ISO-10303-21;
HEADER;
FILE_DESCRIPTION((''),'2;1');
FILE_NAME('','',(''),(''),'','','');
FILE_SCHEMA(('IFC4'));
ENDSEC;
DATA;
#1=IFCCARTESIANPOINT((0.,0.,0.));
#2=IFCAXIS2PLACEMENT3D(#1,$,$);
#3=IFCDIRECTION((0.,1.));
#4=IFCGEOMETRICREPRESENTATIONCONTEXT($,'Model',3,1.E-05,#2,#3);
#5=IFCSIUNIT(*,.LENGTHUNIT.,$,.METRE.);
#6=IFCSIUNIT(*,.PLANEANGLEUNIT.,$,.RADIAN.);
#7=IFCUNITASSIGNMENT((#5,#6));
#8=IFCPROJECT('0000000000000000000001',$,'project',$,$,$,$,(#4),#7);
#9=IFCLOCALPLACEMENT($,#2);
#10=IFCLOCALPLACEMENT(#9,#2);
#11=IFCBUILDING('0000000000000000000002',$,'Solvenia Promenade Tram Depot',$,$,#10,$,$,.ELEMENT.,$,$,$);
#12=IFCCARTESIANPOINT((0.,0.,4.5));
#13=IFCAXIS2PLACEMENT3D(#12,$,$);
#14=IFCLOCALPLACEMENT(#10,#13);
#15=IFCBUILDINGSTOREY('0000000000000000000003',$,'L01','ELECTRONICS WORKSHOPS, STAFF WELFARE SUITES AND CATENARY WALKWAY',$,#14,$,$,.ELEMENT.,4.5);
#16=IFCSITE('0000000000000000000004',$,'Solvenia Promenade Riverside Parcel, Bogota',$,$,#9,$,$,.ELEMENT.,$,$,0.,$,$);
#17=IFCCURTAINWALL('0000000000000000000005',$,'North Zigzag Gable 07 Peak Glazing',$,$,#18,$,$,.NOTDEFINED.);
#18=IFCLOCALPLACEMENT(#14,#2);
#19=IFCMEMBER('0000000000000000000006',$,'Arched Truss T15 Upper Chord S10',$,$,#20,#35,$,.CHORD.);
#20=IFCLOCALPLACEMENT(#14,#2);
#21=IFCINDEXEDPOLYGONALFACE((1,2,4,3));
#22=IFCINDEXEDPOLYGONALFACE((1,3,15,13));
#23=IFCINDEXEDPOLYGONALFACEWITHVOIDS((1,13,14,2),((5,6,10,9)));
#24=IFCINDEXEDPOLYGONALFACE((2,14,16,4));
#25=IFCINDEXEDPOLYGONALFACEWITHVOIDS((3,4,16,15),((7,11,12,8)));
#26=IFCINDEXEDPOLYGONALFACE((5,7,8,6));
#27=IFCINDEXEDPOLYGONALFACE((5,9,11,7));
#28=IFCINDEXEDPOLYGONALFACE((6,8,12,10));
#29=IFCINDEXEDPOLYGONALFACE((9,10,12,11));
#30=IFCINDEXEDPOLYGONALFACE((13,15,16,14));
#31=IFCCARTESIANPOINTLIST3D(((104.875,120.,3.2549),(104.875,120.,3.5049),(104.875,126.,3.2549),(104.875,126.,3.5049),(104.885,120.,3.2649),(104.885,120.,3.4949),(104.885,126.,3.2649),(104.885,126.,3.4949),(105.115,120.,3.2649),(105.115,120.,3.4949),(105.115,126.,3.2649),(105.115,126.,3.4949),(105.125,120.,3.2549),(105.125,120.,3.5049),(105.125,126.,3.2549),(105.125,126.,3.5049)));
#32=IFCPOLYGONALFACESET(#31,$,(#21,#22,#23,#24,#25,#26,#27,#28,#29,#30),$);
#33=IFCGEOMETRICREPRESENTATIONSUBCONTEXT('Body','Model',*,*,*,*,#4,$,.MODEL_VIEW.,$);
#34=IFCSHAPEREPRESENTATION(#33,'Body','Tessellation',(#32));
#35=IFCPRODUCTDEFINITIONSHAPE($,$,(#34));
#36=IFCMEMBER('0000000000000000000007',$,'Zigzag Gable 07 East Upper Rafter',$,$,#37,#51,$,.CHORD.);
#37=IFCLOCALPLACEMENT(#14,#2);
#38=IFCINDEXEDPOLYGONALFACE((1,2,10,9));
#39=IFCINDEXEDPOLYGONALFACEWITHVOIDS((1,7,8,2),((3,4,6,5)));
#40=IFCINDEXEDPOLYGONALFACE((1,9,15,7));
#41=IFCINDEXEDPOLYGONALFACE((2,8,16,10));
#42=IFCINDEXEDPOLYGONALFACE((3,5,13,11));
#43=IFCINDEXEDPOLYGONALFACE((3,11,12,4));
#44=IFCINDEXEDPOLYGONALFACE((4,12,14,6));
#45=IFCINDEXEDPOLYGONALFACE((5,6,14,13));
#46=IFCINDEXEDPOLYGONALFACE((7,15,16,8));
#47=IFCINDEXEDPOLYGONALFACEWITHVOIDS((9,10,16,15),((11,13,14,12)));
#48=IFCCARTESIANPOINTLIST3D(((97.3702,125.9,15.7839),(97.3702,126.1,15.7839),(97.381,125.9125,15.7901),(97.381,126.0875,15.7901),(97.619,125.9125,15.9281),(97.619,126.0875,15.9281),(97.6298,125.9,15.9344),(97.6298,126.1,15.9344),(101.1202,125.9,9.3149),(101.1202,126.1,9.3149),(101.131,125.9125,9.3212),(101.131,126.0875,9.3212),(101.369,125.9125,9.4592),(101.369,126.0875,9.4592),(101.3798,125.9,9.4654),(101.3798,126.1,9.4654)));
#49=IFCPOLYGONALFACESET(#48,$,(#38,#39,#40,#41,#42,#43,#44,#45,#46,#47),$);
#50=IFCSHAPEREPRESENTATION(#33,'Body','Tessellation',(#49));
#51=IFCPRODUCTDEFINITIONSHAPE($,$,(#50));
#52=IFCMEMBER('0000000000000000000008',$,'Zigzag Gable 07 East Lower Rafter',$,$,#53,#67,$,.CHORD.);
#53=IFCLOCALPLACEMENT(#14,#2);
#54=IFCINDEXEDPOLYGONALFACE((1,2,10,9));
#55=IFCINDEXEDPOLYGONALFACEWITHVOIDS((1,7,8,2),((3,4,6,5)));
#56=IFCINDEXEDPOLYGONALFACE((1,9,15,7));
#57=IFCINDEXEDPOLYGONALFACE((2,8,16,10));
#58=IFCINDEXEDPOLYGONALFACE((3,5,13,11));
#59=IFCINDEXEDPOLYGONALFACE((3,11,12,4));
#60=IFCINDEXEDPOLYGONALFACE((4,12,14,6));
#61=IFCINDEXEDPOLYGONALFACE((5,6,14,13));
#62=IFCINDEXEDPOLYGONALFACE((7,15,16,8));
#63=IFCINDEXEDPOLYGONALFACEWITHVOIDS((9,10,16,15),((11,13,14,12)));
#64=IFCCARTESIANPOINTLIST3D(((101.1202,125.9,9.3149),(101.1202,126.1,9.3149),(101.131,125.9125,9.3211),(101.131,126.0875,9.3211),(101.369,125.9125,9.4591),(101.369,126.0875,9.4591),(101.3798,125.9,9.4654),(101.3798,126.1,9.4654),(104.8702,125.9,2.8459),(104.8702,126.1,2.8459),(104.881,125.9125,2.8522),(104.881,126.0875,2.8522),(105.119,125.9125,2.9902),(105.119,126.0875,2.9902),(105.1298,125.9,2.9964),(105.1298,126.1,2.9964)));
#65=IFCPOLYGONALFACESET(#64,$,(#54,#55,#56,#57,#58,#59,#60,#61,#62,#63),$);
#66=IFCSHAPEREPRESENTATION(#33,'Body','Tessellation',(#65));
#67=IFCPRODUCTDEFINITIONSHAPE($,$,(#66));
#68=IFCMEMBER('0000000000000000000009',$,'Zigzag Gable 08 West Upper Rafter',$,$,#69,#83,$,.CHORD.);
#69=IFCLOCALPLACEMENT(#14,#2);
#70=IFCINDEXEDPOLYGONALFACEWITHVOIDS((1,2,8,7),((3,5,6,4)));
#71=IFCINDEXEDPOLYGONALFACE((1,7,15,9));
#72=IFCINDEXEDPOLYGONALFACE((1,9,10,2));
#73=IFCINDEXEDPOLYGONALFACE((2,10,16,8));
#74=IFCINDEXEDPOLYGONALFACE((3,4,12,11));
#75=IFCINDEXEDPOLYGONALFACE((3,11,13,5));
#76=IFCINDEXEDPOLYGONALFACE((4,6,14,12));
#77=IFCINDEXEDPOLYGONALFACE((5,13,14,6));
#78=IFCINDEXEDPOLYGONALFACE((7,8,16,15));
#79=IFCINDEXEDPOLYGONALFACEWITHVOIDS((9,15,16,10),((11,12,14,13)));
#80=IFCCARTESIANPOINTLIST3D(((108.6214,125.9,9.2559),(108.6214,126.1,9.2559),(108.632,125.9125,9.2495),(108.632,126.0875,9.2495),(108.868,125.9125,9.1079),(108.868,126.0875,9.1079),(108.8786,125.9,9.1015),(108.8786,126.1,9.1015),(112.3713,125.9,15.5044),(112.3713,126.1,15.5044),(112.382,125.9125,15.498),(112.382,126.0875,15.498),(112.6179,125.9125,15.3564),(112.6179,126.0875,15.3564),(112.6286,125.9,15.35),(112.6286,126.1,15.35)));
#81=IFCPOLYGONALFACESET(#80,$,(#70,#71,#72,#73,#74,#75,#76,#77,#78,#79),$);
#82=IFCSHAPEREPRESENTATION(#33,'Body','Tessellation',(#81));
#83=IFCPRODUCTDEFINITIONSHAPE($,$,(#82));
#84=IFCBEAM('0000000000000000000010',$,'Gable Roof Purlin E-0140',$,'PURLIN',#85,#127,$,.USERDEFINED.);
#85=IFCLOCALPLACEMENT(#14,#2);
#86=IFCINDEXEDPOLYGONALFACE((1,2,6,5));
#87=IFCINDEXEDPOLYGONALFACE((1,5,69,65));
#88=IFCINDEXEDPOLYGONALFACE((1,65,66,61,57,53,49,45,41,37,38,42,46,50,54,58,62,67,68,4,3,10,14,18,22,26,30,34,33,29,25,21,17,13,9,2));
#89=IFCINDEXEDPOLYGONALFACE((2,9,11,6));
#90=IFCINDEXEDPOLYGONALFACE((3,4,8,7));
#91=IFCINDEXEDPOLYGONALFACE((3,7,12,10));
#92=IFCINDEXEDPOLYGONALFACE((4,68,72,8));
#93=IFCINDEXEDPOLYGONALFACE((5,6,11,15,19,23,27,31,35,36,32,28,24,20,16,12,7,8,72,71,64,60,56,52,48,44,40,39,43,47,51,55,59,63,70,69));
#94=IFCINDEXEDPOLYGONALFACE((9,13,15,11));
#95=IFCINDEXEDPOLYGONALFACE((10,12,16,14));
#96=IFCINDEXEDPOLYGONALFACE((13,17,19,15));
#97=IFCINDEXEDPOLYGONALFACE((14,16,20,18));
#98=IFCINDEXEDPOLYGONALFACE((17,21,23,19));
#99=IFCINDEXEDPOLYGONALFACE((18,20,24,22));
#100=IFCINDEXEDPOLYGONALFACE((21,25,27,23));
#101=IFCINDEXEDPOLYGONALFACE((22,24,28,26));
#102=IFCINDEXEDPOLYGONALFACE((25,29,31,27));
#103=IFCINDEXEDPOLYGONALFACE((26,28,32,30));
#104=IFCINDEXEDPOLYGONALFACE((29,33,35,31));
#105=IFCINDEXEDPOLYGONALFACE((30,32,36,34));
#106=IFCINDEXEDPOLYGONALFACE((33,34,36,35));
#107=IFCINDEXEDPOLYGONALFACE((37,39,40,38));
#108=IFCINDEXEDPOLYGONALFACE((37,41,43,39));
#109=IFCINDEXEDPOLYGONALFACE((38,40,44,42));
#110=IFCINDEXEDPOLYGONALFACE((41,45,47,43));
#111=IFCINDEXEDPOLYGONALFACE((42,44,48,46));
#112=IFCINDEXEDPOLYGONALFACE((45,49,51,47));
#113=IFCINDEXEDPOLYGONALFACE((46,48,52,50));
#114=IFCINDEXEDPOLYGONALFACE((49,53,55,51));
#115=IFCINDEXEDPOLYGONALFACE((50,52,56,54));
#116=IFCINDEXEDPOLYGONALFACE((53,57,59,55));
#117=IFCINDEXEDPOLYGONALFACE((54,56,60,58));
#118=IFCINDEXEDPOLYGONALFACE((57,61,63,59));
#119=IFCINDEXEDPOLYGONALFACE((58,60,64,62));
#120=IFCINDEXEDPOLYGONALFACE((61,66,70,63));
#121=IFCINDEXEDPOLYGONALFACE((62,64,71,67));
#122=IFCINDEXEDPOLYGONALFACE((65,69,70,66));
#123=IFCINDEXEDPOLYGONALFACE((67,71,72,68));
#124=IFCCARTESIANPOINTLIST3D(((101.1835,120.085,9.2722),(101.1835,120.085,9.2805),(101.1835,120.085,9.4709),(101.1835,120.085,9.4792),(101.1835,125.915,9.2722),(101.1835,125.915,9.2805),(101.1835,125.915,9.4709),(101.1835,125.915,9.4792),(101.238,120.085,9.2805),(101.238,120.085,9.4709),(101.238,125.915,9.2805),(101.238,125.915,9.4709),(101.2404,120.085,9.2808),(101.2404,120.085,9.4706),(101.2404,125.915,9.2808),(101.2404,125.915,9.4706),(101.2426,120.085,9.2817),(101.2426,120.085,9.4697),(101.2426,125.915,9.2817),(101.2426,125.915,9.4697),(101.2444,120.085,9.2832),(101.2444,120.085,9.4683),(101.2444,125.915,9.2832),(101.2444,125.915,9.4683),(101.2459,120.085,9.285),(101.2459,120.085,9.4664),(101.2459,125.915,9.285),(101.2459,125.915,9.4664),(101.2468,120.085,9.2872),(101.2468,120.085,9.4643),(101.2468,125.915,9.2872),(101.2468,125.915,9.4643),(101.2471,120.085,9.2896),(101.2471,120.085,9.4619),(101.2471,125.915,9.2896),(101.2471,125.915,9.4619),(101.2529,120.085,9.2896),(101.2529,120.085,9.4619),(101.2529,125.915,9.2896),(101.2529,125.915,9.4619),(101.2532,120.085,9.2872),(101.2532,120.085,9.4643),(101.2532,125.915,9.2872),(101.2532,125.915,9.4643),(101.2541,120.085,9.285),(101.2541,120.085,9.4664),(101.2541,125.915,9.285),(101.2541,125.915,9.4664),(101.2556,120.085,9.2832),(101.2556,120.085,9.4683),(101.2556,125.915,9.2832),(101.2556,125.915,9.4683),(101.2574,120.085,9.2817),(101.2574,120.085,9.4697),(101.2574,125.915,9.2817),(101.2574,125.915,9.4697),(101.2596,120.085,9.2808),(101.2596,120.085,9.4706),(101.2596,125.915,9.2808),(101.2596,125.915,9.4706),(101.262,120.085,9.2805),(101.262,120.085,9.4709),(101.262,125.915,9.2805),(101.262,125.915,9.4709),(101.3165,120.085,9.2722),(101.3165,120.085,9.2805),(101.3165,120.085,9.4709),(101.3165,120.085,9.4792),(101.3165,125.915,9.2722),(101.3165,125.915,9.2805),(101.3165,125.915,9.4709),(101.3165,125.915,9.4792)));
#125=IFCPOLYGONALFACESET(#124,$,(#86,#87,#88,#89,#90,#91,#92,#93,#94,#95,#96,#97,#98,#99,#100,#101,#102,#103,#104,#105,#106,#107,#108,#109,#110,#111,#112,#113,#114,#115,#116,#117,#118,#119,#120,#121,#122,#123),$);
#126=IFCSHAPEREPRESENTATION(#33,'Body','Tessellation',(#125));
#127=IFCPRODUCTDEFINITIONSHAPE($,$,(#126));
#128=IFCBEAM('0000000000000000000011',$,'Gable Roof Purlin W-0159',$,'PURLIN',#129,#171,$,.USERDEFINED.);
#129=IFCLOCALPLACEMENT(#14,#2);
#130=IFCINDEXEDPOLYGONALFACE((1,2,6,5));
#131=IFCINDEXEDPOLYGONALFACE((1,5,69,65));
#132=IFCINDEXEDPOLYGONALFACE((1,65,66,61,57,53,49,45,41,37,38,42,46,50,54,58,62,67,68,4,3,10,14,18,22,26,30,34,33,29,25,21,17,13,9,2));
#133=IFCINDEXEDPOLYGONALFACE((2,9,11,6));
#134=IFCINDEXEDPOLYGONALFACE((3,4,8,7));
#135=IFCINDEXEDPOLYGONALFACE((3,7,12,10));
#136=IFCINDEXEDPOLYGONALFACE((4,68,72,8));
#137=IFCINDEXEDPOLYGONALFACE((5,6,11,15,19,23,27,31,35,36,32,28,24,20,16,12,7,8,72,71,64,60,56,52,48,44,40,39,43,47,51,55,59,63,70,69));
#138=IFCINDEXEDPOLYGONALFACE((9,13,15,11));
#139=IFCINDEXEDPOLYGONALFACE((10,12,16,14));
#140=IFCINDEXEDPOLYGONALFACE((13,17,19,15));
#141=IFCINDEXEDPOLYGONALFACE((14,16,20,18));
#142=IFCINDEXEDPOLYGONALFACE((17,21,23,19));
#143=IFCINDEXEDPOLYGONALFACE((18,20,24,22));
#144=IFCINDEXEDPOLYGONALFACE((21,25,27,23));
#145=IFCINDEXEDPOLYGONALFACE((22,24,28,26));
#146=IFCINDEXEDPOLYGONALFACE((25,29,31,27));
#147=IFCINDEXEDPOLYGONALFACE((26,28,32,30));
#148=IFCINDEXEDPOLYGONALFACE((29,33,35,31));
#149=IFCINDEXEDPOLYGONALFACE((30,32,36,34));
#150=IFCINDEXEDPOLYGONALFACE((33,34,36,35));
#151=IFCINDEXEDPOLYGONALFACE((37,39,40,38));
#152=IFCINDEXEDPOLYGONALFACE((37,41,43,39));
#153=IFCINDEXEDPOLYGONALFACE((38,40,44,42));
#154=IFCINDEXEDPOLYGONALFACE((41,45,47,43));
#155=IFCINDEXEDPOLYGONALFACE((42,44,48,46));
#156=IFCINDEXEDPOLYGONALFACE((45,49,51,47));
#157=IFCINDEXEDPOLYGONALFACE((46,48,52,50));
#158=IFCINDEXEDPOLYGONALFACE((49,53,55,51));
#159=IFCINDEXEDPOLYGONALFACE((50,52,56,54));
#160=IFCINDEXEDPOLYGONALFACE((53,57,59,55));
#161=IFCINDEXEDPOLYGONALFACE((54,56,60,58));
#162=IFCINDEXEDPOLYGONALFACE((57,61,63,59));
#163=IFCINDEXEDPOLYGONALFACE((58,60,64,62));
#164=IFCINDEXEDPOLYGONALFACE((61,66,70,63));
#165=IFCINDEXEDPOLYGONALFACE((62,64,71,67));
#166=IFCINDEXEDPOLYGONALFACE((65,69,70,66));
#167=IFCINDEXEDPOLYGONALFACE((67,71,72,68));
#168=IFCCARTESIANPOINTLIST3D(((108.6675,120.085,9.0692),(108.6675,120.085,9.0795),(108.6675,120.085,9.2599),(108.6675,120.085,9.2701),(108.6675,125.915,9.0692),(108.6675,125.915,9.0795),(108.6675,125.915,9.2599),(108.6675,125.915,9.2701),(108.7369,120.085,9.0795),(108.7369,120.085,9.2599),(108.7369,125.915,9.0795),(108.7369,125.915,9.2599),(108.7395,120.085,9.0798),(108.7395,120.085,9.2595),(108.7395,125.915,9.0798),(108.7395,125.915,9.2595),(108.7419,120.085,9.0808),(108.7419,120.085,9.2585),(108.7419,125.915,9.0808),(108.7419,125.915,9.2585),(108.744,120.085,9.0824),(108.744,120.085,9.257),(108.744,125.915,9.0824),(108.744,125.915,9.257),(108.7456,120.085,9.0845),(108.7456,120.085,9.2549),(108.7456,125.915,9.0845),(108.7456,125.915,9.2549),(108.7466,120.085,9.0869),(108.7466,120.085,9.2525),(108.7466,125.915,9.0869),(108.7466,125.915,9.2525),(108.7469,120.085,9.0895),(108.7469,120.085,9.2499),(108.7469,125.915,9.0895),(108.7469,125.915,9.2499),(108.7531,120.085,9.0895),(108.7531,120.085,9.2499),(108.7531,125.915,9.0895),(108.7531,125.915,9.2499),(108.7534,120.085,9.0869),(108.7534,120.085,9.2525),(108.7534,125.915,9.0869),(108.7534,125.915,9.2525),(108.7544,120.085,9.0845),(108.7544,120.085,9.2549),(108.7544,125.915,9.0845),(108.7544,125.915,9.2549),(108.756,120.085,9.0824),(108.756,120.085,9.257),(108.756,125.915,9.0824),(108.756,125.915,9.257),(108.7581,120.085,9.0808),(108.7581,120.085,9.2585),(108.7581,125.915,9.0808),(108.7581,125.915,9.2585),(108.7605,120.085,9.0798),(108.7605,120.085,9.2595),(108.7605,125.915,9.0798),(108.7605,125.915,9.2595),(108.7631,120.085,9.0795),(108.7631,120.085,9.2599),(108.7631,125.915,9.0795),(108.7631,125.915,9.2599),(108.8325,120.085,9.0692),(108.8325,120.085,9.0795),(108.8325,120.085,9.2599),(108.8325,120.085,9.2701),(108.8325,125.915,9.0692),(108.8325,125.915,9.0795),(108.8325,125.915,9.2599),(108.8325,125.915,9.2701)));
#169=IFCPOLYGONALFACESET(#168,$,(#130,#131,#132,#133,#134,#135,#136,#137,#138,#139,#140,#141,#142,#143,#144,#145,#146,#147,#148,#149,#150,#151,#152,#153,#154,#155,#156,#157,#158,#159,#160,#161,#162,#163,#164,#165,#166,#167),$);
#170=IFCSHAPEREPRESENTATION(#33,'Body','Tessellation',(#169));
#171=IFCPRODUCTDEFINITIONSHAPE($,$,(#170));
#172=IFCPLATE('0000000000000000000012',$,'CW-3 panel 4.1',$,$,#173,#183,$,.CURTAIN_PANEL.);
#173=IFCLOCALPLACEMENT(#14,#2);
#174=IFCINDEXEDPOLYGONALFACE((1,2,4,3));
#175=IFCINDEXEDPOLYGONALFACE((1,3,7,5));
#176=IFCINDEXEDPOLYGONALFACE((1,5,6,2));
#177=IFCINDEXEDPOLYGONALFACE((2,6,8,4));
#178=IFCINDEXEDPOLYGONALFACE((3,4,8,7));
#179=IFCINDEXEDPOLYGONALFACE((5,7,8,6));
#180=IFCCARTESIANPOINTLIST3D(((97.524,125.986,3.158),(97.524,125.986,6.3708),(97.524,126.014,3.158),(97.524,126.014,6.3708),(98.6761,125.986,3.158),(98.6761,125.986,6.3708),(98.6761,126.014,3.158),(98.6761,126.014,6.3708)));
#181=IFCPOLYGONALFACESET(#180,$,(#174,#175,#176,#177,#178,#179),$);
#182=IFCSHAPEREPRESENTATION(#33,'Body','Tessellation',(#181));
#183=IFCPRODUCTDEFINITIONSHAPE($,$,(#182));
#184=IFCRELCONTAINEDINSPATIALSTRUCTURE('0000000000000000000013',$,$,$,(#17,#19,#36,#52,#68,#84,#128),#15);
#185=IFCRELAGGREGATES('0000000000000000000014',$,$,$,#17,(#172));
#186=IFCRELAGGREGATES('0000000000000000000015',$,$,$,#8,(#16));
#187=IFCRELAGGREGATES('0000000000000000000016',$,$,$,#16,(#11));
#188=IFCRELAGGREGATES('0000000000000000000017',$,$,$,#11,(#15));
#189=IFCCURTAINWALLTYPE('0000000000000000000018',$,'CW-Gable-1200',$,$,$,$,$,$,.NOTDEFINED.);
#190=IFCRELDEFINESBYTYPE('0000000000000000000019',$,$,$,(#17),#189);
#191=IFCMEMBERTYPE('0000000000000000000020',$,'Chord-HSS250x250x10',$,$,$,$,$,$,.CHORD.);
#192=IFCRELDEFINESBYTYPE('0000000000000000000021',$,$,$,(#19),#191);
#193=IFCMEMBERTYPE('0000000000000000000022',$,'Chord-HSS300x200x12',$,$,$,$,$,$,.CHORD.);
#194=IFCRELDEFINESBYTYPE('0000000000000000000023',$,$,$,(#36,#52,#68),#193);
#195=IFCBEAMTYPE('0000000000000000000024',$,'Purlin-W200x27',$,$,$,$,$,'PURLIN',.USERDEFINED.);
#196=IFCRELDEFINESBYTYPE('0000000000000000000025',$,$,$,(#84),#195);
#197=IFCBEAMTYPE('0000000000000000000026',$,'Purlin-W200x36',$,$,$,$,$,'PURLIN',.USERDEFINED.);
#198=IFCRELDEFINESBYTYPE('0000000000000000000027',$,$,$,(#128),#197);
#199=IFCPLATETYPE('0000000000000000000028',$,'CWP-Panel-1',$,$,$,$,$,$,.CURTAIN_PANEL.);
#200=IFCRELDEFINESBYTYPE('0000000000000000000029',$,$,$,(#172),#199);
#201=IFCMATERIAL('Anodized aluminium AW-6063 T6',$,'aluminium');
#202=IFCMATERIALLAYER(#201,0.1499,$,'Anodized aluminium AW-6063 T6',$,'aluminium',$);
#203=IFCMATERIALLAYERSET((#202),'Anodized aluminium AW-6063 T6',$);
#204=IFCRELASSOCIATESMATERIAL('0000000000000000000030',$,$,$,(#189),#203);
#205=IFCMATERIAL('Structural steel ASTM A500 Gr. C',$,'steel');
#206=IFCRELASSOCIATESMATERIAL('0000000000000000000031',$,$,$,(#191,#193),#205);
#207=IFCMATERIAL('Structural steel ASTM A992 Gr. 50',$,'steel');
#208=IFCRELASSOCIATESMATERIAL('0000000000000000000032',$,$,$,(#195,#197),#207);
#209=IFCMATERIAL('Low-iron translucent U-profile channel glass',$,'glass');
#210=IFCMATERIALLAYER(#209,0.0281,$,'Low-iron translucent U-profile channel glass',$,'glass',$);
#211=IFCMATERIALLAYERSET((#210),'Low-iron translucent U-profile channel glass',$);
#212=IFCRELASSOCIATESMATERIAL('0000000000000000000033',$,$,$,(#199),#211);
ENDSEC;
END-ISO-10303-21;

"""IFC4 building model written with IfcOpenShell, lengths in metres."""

from ifc_helpers import new_model, si_unit, direction, frame, origin, origin_2d, place, context, subcontext, project, spatial, rectangle, hollow_rectangle, i_section, extrude, material, layer, layer_set, material_profile, profile_set, type_object, element, aggregate, save


model = new_model("IFC4")

# Units and contexts
model_context = context("Model", 3, precision=1e-05, world=origin(), true_north=direction((0.0, 1.0)))
body_context = subcontext(model_context, "Body", "Model", "MODEL_VIEW")
ifc_project = project(units=[si_unit("LENGTHUNIT", "METRE"), si_unit("PLANEANGLEUNIT", "RADIAN")], contexts=[model_context])

# Site, building, storey
site_placement = place(None, origin())
site = spatial("IfcSite", under=ifc_project, at=site_placement, Name="Solvenia Promenade Riverside Parcel, Bogota", CompositionType="ELEMENT", RefElevation=0.0)
building_placement = place(site_placement, origin())
building = spatial("IfcBuilding", under=site, at=building_placement, Name="Solvenia Promenade Tram Depot", CompositionType="ELEMENT")
storey_placement = place(building_placement, frame((0.0, 0.0, 4.5)))
storey = spatial("IfcBuildingStorey", under=building, at=storey_placement, Name="L01", Description="ELECTRONICS WORKSHOPS, STAFF WELFARE SUITES AND CATENARY WALKWAY", CompositionType="ELEMENT", Elevation=4.5)

# Curtain wall
ifc_material_1 = material(Name="Anodized aluminium AW-6063 T6", Category="aluminium")
ifc_layer_1 = layer(ifc_material_1, 0.1499, Name="Anodized aluminium AW-6063 T6", Category="aluminium")
ifc_layer_set_1 = layer_set([ifc_layer_1], Name="Anodized aluminium AW-6063 T6")
curtain_wall_type = type_object("IfcCurtainWallType", Name="CW-Gable-1200", PredefinedType="NOTDEFINED", material=ifc_layer_set_1)
curtain_wall_placement = place(storey_placement, origin())
curtain_wall = element("IfcCurtainWall", 1, at=curtain_wall_placement, inside=storey, type_object=curtain_wall_type, Name="North Zigzag Gable 07 Peak Glazing", PredefinedType="NOTDEFINED")

# Members
ifc_material_2 = material(Name="Structural steel ASTM A500 Gr. C", Category="steel")
ifc_material_profile_1 = material_profile(ifc_material_2, hollow_rectangle(XDim=0.25, YDim=0.25, WallThickness=0.01, at=origin_2d()), Name="HSS250x250x10", Category="steel")
ifc_profile_set_1 = profile_set([ifc_material_profile_1], Name="Structural steel ASTM A500 Gr. C")
member_type_1 = type_object("IfcMemberType", Name="Chord-HSS250x250x10", PredefinedType="CHORD", material=ifc_profile_set_1)
member_1_placement = place(storey_placement, frame((105.0, 120.0, 3.3799), z_axis=(0.0, 1.0, 0.0), x_axis=(-1.0, 0.0, 0.0)))
element("IfcMember", 2, at=member_1_placement, inside=storey, type_object=member_type_1, Name="Arched Truss T15 Upper Chord S10", PredefinedType="CHORD", context=body_context, shape_type="SweptSolid", body=[
    extrude(hollow_rectangle(XDim=0.25, YDim=0.25, WallThickness=0.01, at=origin_2d()), origin(), (0.0, 0.0, 1.0), 6.0),
])
ifc_material_profile_2 = material_profile(ifc_material_2, hollow_rectangle(XDim=0.2, YDim=0.3, WallThickness=0.0125, at=origin_2d()), Name="HSS300x200x12.5", Category="steel")
ifc_profile_set_2 = profile_set([ifc_material_profile_2], Name="Structural steel ASTM A500 Gr. C")
member_type_2 = type_object("IfcMemberType", Name="Chord-HSS300x200x12", PredefinedType="CHORD", material=ifc_profile_set_2)
for number, where, z_axis, x_axis, name in (
    (3, (97.5, 126.0, 15.8591), (0.501516, 0.0, -0.865148), (0.0, 1.0, 0.0), "Zigzag Gable 07 East Upper Rafter"),
    (4, (101.25, 126.0, 9.3901), (0.501516, 0.0, -0.865148), (0.0, 1.0, 0.0), "Zigzag Gable 07 East Lower Rafter"),
):
    element("IfcMember", number, at=place(storey_placement, frame(where, z_axis=z_axis, x_axis=x_axis)), inside=storey, type_object=member_type_2, Name=name, PredefinedType="CHORD", context=body_context, shape_type="SweptSolid", body=[
        extrude(hollow_rectangle(XDim=0.2, YDim=0.3, WallThickness=0.0125, at=origin_2d()), origin(), (0.0, 0.0, 1.0), 7.4773),
    ])
member_2_placement = place(storey_placement, frame((108.75, 126.0, 9.1787), z_axis=(0.514584, 0.0, 0.85744), x_axis=(0.0, 1.0, 0.0)))
element("IfcMember", 5, at=member_2_placement, inside=storey, type_object=member_type_2, Name="Zigzag Gable 08 West Upper Rafter", PredefinedType="CHORD", context=body_context, shape_type="SweptSolid", body=[
    extrude(hollow_rectangle(XDim=0.2, YDim=0.3, WallThickness=0.0125, at=origin_2d()), origin(), (0.0, 0.0, 1.0), 7.2874),
])

# Beams
ifc_material_3 = material(Name="Structural steel ASTM A992 Gr. 50", Category="steel")
ifc_material_profile_3 = material_profile(ifc_material_3, i_section(OverallWidth=0.1331, OverallDepth=0.207, WebThickness=0.0059, FlangeThickness=0.0083, FilletRadius=0.009, at=origin_2d()), Name="W200x27", Category="steel")
ifc_profile_set_3 = profile_set([ifc_material_profile_3], Name="Structural steel ASTM A992 Gr. 50")
beam_type_1 = type_object("IfcBeamType", Name="Purlin-W200x27", ElementType="PURLIN", PredefinedType="USERDEFINED", material=ifc_profile_set_3)
beam_1_placement = place(storey_placement, frame((101.25, 120.085, 9.3757), z_axis=(0.0, 1.0, 0.0), x_axis=(-1.0, 0.0, 0.0)))
element("IfcBeam", 6, at=beam_1_placement, inside=storey, type_object=beam_type_1, Name="Gable Roof Purlin E-0140", ObjectType="PURLIN", PredefinedType="USERDEFINED", context=body_context, shape_type="SweptSolid", body=[
    extrude(i_section(OverallWidth=0.1331, OverallDepth=0.207, WebThickness=0.0059, FlangeThickness=0.0083, FilletRadius=0.009, at=origin_2d()), origin(), (0.0, 0.0, 1.0), 5.8301),
])
ifc_material_profile_4 = material_profile(ifc_material_3, i_section(OverallWidth=0.165, OverallDepth=0.2009, WebThickness=0.0061, FlangeThickness=0.0103, FilletRadius=0.01, at=origin_2d()), Name="W200x36", Category="steel")
ifc_profile_set_4 = profile_set([ifc_material_profile_4], Name="Structural steel ASTM A992 Gr. 50")
beam_type_2 = type_object("IfcBeamType", Name="Purlin-W200x36", ElementType="PURLIN", PredefinedType="USERDEFINED", material=ifc_profile_set_4)
beam_2_placement = place(storey_placement, frame((108.75, 120.085, 9.1697), z_axis=(0.0, 1.0, 0.0), x_axis=(-1.0, 0.0, 0.0)))
element("IfcBeam", 7, at=beam_2_placement, inside=storey, type_object=beam_type_2, Name="Gable Roof Purlin W-0159", ObjectType="PURLIN", PredefinedType="USERDEFINED", context=body_context, shape_type="SweptSolid", body=[
    extrude(i_section(OverallWidth=0.165, OverallDepth=0.2009, WebThickness=0.0061, FlangeThickness=0.0103, FilletRadius=0.01, at=origin_2d()), origin(), (0.0, 0.0, 1.0), 5.8301),
])

# Plate
ifc_material_4 = material(Name="Low-iron translucent U-profile channel glass", Category="glass")
ifc_layer_2 = layer(ifc_material_4, 0.0281, Name="Low-iron translucent U-profile channel glass", Category="glass")
ifc_layer_set_2 = layer_set([ifc_layer_2], Name="Low-iron translucent U-profile channel glass")
plate_type_1 = type_object("IfcPlateType", Name="CWP-Panel-1", PredefinedType="CURTAIN_PANEL", material=ifc_layer_set_2)
plate_1_placement = place(storey_placement, frame((98.1001, 126.0, 3.158), z_axis=(0.0, 0.0, 1.0), x_axis=(1.0, 0.0, 0.0)))
plate_1 = element("IfcPlate", 8, at=plate_1_placement, type_object=plate_type_1, Name="CW-3 panel 4.1", PredefinedType="CURTAIN_PANEL", context=body_context, shape_type="SweptSolid", body=[
    extrude(rectangle(XDim=1.1521, YDim=0.0281, at=origin_2d()), origin(), (0.0, 0.0, 1.0), 3.2129),
])
aggregate(curtain_wall, [plate_1])

save(model, "model.ifc")
